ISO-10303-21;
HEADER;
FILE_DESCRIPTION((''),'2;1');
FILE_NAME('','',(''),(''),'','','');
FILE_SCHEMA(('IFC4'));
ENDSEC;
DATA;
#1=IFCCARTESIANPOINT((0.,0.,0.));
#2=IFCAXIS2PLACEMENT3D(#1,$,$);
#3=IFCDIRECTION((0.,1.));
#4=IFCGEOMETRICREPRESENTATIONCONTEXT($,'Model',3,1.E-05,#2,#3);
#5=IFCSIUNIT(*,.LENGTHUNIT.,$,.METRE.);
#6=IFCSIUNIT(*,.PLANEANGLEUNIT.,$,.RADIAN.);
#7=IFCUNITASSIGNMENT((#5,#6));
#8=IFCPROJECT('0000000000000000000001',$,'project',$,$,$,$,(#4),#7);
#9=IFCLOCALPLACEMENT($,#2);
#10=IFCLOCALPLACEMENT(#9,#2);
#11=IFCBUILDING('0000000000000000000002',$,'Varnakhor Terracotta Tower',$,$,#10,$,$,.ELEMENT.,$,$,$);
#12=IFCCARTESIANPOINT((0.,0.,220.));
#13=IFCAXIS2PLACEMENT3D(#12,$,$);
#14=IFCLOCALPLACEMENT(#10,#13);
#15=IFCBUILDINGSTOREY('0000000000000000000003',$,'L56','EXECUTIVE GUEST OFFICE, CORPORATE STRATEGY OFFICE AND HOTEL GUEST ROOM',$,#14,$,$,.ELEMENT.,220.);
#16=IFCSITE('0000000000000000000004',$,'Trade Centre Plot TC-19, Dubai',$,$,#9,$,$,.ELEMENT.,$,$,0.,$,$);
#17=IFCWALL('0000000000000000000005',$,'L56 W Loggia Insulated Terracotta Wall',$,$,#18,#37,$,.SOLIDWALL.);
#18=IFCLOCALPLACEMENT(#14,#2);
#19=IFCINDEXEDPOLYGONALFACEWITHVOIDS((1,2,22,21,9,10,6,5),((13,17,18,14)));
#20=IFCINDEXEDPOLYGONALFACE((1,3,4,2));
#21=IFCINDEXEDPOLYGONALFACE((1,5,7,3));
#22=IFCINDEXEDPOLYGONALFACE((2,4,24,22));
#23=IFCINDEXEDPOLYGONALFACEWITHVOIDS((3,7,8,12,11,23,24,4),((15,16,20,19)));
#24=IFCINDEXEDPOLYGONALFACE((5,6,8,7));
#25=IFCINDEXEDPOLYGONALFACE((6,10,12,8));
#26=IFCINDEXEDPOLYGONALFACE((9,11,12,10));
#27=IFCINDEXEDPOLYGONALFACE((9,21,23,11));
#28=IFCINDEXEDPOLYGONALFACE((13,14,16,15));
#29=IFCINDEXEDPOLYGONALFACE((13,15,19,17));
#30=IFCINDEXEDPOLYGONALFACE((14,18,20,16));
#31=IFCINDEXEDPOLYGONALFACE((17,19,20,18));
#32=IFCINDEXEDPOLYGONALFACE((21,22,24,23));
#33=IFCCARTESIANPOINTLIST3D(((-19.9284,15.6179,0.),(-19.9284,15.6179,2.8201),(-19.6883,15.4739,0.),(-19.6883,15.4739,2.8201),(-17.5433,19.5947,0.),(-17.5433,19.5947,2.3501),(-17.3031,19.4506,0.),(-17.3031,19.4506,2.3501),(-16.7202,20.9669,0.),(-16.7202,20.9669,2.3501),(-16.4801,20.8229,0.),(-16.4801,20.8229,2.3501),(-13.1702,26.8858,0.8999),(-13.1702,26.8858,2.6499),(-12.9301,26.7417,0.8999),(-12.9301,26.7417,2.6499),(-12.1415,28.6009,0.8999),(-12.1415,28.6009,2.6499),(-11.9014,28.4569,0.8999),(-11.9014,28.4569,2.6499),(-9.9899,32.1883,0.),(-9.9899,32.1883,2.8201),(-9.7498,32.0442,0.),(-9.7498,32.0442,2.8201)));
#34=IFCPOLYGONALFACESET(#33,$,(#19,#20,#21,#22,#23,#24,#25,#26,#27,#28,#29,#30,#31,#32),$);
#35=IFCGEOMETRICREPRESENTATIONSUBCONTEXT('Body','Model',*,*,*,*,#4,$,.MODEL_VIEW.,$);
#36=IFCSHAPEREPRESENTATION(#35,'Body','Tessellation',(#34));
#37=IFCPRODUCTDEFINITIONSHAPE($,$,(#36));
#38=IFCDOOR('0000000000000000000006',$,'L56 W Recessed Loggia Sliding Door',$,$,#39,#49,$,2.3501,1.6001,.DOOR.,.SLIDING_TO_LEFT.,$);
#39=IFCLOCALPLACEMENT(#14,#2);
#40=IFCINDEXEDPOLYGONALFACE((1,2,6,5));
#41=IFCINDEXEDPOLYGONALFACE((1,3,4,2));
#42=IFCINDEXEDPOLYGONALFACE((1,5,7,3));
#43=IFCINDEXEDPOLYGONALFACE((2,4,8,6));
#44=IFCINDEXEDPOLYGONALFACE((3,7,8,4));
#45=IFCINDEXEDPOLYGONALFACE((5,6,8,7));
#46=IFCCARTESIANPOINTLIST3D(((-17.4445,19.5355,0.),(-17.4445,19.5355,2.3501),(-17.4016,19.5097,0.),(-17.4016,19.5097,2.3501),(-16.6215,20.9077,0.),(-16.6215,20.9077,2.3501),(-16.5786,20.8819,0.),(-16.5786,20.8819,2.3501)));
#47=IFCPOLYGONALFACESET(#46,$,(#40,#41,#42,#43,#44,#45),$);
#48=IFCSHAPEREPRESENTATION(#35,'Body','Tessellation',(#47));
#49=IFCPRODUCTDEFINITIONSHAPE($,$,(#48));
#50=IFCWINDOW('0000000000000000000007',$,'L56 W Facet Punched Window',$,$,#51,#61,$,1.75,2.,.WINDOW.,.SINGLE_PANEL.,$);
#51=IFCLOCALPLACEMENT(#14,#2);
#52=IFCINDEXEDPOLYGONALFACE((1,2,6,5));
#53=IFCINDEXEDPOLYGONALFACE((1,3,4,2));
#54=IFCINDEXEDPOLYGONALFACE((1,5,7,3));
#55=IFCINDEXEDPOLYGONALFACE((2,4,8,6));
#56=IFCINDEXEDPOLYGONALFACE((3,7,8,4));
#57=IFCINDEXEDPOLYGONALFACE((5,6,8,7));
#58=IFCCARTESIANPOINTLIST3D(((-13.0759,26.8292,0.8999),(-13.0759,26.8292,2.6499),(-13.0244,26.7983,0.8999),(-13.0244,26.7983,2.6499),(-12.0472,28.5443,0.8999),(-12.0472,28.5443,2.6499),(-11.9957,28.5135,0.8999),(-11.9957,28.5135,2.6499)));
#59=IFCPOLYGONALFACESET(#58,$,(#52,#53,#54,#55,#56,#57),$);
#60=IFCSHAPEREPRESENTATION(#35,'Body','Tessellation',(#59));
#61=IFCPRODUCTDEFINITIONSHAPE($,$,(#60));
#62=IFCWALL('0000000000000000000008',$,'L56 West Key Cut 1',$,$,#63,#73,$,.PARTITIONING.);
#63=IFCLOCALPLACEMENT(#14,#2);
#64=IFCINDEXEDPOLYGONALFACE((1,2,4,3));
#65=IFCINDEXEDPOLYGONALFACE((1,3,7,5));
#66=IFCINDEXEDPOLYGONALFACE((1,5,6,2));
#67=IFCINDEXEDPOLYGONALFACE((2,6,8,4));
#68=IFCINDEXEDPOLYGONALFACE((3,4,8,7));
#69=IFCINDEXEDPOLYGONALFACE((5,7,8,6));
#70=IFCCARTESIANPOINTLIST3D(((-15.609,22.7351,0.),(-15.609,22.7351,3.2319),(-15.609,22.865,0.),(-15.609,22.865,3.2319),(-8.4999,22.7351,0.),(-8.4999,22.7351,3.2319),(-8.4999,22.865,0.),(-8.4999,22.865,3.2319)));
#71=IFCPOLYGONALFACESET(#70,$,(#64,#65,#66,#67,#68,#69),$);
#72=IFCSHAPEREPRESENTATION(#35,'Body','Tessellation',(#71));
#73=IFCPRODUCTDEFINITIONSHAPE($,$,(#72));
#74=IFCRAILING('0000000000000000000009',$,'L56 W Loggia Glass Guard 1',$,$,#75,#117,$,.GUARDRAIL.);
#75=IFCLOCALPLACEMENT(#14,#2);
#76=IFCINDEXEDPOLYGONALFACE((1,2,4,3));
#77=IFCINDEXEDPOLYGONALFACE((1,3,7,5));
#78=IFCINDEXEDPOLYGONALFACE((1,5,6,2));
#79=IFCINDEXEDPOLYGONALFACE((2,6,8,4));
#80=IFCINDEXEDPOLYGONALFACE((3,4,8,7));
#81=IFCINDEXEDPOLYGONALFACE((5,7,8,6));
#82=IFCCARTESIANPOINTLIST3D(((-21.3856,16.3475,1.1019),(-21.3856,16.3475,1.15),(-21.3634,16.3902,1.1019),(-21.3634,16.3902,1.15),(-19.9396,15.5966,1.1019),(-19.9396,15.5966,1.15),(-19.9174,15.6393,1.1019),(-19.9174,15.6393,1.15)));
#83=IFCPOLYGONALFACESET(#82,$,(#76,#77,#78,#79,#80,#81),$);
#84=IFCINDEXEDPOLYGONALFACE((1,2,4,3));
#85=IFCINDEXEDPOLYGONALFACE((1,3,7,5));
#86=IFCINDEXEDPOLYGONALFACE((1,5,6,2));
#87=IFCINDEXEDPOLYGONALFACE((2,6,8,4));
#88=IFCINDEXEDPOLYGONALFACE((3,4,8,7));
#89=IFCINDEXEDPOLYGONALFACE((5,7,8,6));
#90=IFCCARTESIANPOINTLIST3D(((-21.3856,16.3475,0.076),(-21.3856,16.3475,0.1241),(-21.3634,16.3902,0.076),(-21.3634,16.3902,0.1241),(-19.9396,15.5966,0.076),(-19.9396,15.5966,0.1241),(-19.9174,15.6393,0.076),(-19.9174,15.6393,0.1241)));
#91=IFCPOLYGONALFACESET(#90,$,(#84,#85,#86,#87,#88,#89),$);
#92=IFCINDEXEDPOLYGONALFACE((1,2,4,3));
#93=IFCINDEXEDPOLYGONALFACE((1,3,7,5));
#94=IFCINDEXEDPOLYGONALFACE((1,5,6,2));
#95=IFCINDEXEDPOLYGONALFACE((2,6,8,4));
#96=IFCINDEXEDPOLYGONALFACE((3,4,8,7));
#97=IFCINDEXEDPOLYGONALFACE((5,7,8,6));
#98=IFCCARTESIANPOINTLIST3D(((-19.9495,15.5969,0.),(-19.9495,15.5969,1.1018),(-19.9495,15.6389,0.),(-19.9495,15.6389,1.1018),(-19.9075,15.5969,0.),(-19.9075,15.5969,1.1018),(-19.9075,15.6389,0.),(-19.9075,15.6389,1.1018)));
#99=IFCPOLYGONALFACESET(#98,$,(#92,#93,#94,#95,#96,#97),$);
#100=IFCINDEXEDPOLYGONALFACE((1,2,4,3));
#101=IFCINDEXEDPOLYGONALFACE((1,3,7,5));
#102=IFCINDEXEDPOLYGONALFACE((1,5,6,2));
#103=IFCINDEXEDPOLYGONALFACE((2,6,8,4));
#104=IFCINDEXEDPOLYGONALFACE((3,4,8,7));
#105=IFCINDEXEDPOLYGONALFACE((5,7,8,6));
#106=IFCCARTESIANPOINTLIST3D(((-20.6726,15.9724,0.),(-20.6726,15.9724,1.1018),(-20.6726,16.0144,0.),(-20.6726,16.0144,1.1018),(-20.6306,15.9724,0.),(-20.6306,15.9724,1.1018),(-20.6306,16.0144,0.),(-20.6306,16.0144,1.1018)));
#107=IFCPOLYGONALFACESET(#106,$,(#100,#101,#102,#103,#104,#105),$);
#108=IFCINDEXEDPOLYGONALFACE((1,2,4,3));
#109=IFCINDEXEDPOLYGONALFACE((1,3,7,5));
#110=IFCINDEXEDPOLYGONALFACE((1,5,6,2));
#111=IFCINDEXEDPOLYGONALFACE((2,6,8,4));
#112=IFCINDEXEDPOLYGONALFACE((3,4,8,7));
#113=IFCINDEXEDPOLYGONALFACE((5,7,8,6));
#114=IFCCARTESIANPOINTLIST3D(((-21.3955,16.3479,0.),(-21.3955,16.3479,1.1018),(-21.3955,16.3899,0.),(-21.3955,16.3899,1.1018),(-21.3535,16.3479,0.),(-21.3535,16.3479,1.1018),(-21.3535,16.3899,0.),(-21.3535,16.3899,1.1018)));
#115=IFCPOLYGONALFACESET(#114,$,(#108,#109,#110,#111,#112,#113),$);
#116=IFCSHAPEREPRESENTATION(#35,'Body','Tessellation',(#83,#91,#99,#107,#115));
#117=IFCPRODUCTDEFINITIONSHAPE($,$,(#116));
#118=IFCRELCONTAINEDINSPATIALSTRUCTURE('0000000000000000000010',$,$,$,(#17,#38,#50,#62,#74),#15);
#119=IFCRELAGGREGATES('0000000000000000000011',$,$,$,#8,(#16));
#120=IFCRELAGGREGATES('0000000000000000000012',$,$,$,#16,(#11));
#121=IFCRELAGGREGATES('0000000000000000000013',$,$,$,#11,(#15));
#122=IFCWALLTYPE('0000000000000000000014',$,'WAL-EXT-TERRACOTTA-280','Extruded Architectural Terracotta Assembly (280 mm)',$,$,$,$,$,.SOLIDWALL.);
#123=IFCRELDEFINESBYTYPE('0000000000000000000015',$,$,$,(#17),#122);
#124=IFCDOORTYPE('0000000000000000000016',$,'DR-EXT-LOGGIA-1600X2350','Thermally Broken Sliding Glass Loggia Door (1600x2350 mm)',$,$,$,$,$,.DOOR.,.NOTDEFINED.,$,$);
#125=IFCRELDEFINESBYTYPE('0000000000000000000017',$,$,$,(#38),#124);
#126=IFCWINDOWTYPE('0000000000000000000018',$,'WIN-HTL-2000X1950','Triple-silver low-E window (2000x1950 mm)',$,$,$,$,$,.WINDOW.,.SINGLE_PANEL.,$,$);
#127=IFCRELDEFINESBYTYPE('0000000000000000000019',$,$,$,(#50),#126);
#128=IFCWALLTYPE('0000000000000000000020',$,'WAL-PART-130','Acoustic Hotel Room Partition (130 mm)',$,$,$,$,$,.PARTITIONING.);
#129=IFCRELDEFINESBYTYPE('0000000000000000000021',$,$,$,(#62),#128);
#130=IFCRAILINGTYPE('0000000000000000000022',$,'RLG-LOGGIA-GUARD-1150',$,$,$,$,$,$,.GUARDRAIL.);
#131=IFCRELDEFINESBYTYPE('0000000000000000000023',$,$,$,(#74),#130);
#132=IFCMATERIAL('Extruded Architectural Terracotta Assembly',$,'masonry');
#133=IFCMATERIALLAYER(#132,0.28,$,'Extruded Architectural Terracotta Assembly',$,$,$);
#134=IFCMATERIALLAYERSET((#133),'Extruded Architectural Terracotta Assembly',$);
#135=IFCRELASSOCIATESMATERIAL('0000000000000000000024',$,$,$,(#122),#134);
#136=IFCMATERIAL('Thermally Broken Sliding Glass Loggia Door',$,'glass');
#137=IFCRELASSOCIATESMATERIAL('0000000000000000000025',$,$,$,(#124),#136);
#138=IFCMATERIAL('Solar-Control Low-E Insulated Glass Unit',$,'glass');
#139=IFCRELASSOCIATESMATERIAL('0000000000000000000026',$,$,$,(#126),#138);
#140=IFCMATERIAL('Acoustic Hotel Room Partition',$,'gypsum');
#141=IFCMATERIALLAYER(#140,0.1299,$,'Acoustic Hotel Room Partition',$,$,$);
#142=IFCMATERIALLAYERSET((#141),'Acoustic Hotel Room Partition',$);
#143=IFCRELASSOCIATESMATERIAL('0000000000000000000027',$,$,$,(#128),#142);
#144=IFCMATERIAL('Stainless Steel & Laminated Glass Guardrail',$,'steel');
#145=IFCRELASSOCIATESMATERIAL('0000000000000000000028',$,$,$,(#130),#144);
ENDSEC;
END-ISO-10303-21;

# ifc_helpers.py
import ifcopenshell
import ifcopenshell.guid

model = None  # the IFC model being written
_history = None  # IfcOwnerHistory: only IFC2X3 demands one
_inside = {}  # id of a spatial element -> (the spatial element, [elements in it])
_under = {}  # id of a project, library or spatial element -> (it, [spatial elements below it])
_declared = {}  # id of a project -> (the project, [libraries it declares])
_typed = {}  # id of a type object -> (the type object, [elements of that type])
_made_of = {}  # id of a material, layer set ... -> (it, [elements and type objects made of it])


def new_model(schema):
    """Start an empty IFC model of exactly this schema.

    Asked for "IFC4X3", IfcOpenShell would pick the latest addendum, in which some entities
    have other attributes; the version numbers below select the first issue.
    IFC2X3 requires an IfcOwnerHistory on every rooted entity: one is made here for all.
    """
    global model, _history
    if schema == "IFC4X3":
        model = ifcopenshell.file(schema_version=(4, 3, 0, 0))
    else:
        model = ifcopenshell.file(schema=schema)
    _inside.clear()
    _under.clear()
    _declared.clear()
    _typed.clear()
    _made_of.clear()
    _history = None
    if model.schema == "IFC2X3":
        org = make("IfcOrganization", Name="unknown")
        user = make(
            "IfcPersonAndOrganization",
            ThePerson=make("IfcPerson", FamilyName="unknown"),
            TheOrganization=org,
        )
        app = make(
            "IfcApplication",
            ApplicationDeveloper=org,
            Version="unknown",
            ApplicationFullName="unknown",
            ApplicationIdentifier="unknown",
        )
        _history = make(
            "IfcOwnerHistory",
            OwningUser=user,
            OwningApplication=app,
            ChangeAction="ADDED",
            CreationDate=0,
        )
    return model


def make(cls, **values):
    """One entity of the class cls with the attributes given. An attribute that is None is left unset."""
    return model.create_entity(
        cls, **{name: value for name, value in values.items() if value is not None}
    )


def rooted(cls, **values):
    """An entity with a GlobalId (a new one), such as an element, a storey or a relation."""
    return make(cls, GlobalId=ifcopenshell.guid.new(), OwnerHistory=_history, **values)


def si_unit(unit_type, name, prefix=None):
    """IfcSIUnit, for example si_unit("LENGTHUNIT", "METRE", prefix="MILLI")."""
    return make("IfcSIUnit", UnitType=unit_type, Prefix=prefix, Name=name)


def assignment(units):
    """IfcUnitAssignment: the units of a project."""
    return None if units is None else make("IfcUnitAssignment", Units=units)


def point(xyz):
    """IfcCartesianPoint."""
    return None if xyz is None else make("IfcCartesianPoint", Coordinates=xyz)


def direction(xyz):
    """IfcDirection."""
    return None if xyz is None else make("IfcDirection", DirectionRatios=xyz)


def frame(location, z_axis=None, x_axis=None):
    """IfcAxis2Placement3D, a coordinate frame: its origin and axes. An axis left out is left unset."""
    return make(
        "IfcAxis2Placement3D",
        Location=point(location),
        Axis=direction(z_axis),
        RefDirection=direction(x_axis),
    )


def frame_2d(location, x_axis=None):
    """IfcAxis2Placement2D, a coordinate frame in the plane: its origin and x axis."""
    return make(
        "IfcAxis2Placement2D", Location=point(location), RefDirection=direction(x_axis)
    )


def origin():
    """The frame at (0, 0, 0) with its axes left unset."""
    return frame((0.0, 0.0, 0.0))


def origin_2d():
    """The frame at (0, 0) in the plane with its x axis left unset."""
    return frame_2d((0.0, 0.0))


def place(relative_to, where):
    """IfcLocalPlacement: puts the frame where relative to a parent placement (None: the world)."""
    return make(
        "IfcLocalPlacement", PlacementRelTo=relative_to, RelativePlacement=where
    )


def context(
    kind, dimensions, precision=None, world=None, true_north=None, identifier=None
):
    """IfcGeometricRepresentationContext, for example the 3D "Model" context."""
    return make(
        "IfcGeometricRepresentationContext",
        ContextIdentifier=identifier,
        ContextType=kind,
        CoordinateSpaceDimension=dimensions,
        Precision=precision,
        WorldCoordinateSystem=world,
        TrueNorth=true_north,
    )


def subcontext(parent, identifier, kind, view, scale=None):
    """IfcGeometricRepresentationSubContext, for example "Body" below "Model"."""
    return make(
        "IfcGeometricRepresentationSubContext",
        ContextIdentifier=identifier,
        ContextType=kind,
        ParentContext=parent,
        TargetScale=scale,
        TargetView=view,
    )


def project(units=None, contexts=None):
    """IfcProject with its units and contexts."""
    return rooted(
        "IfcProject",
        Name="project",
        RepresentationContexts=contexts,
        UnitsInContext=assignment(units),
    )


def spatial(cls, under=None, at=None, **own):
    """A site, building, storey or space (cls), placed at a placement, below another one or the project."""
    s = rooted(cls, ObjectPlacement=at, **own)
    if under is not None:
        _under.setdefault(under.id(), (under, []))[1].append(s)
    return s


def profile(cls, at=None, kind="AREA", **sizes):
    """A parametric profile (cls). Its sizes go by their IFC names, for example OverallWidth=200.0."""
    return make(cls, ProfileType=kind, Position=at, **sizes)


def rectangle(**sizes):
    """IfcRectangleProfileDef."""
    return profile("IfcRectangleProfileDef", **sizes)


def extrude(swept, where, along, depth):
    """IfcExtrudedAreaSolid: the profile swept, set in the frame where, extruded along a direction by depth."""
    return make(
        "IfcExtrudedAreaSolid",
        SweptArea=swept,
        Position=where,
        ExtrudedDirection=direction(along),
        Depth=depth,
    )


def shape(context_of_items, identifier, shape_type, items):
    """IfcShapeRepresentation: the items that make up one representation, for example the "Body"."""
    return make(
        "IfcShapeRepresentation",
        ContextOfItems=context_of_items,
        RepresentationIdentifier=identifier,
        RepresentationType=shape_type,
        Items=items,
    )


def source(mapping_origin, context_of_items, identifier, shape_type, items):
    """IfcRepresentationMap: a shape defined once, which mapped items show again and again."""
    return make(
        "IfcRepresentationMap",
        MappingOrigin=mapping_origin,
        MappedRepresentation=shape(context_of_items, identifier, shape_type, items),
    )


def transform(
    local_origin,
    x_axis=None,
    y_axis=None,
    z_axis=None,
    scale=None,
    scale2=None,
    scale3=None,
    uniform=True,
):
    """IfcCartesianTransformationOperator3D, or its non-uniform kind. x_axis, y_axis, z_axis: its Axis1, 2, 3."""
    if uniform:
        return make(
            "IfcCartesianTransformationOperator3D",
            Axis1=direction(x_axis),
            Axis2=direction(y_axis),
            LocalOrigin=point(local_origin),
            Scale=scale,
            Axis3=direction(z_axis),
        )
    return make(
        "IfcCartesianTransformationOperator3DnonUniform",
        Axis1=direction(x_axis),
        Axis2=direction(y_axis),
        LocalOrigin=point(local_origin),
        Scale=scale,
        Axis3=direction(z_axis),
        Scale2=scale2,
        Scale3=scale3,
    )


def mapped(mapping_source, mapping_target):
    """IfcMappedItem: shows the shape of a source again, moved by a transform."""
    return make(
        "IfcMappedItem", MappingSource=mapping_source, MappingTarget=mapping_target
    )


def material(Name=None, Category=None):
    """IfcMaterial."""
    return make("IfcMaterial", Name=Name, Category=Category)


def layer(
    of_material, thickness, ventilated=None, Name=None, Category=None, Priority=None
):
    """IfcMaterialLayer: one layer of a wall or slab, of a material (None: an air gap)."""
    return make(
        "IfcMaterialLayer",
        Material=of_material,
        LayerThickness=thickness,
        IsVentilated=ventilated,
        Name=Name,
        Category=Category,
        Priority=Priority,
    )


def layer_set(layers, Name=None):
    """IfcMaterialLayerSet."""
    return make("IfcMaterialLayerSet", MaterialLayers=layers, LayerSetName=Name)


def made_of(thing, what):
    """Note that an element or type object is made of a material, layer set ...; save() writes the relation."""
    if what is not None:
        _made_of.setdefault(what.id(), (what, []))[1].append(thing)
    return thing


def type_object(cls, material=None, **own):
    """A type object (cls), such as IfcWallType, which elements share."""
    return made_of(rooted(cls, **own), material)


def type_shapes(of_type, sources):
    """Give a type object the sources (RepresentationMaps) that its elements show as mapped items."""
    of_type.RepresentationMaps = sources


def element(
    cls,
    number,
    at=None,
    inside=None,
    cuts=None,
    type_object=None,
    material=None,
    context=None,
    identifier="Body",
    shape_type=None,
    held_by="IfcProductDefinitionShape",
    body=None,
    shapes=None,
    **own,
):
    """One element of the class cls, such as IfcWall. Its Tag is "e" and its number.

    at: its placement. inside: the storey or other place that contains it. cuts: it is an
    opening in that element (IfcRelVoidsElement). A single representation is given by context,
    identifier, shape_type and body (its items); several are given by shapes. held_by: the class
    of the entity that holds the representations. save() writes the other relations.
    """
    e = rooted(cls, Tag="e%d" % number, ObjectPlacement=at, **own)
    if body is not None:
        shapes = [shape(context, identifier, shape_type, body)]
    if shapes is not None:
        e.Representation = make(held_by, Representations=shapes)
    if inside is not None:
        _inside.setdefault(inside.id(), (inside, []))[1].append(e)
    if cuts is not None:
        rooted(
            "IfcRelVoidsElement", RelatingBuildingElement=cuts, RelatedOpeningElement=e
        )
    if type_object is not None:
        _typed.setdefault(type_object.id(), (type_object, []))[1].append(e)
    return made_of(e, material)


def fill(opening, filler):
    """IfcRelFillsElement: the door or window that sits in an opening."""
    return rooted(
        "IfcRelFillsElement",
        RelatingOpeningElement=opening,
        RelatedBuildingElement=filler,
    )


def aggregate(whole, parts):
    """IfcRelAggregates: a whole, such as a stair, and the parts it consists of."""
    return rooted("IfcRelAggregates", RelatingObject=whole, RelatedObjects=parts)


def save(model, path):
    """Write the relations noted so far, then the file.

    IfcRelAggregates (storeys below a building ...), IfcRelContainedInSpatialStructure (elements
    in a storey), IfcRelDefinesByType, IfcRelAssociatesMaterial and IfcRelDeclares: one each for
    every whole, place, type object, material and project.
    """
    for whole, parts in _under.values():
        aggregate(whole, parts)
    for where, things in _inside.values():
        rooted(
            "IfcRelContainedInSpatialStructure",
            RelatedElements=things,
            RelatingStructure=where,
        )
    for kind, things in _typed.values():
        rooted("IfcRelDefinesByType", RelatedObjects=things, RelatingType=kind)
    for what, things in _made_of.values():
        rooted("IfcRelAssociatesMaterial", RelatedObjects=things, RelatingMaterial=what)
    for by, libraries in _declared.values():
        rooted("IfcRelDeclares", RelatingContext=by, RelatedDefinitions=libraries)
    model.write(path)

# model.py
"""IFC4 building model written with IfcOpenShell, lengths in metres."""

from ifc_helpers import new_model, si_unit, direction, frame, frame_2d, origin, origin_2d, place, context, subcontext, project, spatial, rectangle, extrude, source, transform, mapped, material, layer, layer_set, type_object, type_shapes, element, fill, save


model = new_model("IFC4")

# Units and contexts
model_context = context("Model", 3, precision=1e-05, world=origin(), true_north=direction((0.0, 1.0)))
body_context = subcontext(model_context, "Body", "Model", "MODEL_VIEW")
ifc_project = project(units=[si_unit("LENGTHUNIT", "METRE"), si_unit("PLANEANGLEUNIT", "RADIAN")], contexts=[model_context])

# Site, building, storey
site_placement = place(None, origin())
site = spatial("IfcSite", under=ifc_project, at=site_placement, Name="Trade Centre Plot TC-19, Dubai", CompositionType="ELEMENT", RefElevation=0.0)
building_placement = place(site_placement, origin())
building = spatial("IfcBuilding", under=site, at=building_placement, Name="Varnakhor Terracotta Tower", CompositionType="ELEMENT")
storey_placement = place(building_placement, frame((0.0, 0.0, 220.0)))
storey = spatial("IfcBuildingStorey", under=building, at=storey_placement, Name="L56", Description="EXECUTIVE GUEST OFFICE, CORPORATE STRATEGY OFFICE AND HOTEL GUEST ROOM", CompositionType="ELEMENT", Elevation=220.0)

# Wall, openings, door, window
ifc_material_1 = material(Name="Extruded Architectural Terracotta Assembly", Category="masonry")
ifc_layer_1 = layer(ifc_material_1, 0.28, Name="Extruded Architectural Terracotta Assembly")
ifc_layer_set_1 = layer_set([ifc_layer_1], Name="Extruded Architectural Terracotta Assembly")
wall_type_1 = type_object("IfcWallType", Name="WAL-EXT-TERRACOTTA-280", Description="Extruded Architectural Terracotta Assembly (280 mm)", PredefinedType="SOLIDWALL", material=ifc_layer_set_1)
wall_1_placement = place(storey_placement, frame((-19.8083, 15.5459, 0.0), z_axis=(0.0, 0.0, 1.0), x_axis=(0.514355, 0.857578, 0.0)))
wall_1 = element("IfcWall", 1, at=wall_1_placement, inside=storey, type_object=wall_type_1, Name="L56 W Loggia Insulated Terracotta Wall", PredefinedType="SOLIDWALL", context=body_context, shape_type="SweptSolid", body=[
    extrude(rectangle(XDim=19.3223, YDim=0.28, at=frame_2d((9.6611, 0.0))), origin(), (0.0, 0.0, 1.0), 2.8201),
])
opening_1_placement = place(wall_1_placement, frame((4.6372, 0.0, 0.0)))
opening_1 = element("IfcOpeningElement", 2, at=opening_1_placement, cuts=wall_1, PredefinedType="OPENING", context=body_context, shape_type="SweptSolid", body=[
    extrude(rectangle(XDim=1.6001, YDim=2.3501, at=frame_2d((0.8, 1.175))), frame((0.0, 0.1499, 0.0), z_axis=(0.0, -1.0, 0.0), x_axis=(1.0, 0.0, 0.0)), (0.0, 0.0, 1.0), 0.3),
])
opening_2_placement = place(wall_1_placement, frame((13.1392, 0.0, 0.8999)))
opening_2 = element("IfcOpeningElement", 3, at=opening_2_placement, cuts=wall_1, PredefinedType="OPENING", context=body_context, shape_type="SweptSolid", body=[
    extrude(rectangle(XDim=2.0, YDim=1.75, at=frame_2d((1.0, 0.875))), frame((0.0, 0.1499, 0.0), z_axis=(0.0, -1.0, 0.0), x_axis=(1.0, 0.0, 0.0)), (0.0, 0.0, 1.0), 0.3),
])
ifc_material_2 = material(Name="Thermally Broken Sliding Glass Loggia Door", Category="glass")
door_type_1 = type_object("IfcDoorType", Name="DR-EXT-LOGGIA-1600X2350", Description="Thermally Broken Sliding Glass Loggia Door (1600x2350 mm)", OperationType="NOTDEFINED", PredefinedType="DOOR", material=ifc_material_2)
shared_shape_1 = source(origin(), body_context, "Body", "SweptSolid", [
    extrude(rectangle(XDim=1.6001, YDim=2.3501, at=frame_2d((0.8, 1.175))), frame((0.0, 0.0249, 0.0), z_axis=(0.0, -1.0, 0.0), x_axis=(1.0, 0.0, 0.0)), (0.0, 0.0, 1.0), 0.05),
])
type_shapes(door_type_1, [shared_shape_1])
door_1_placement = place(opening_1_placement, origin())
door_1 = element("IfcDoor", 4, at=door_1_placement, inside=storey, type_object=door_type_1, Name="L56 W Recessed Loggia Sliding Door", OperationType="SLIDING_TO_LEFT", OverallHeight=2.3501, OverallWidth=1.6001, PredefinedType="DOOR", context=body_context, shape_type="MappedRepresentation", body=[
    mapped(shared_shape_1, transform((0.0, 0.0, 0.0), scale=1.0)),
])
fill(opening_1, door_1)
ifc_material_3 = material(Name="Solar-Control Low-E Insulated Glass Unit", Category="glass")
window_type = type_object("IfcWindowType", Name="WIN-HTL-2000X1950", Description="Triple-silver low-E window (2000x1950 mm)", PartitioningType="SINGLE_PANEL", PredefinedType="WINDOW", material=ifc_material_3)
shared_shape_2 = source(origin(), body_context, "Body", "SweptSolid", [
    extrude(rectangle(XDim=2.0, YDim=1.75, at=frame_2d((1.0, 0.875))), frame((0.0, 0.03, 0.0), z_axis=(0.0, -1.0, 0.0), x_axis=(1.0, 0.0, 0.0)), (0.0, 0.0, 1.0), 0.0601),
])
type_shapes(window_type, [shared_shape_2])
window_placement = place(opening_2_placement, origin())
window = element("IfcWindow", 5, at=window_placement, inside=storey, type_object=window_type, Name="L56 W Facet Punched Window", OverallHeight=1.75, OverallWidth=2.0, PartitioningType="SINGLE_PANEL", PredefinedType="WINDOW", context=body_context, shape_type="MappedRepresentation", body=[
    mapped(shared_shape_2, transform((0.0, 0.0, 0.0), scale=1.0)),
])
fill(opening_2, window)

# Wall
ifc_material_4 = material(Name="Acoustic Hotel Room Partition", Category="gypsum")
ifc_layer_2 = layer(ifc_material_4, 0.1299, Name="Acoustic Hotel Room Partition")
ifc_layer_set_2 = layer_set([ifc_layer_2], Name="Acoustic Hotel Room Partition")
wall_type_2 = type_object("IfcWallType", Name="WAL-PART-130", Description="Acoustic Hotel Room Partition (130 mm)", PredefinedType="PARTITIONING", material=ifc_layer_set_2)
wall_2_placement = place(storey_placement, frame((-15.6091, 22.8, 0.0), z_axis=(0.0, 0.0, 1.0), x_axis=(1.0, 0.0, 0.0)))
element("IfcWall", 6, at=wall_2_placement, inside=storey, type_object=wall_type_2, Name="L56 West Key Cut 1", PredefinedType="PARTITIONING", context=body_context, shape_type="SweptSolid", body=[
    extrude(rectangle(XDim=7.1091, YDim=0.1299, at=frame_2d((3.5547, 0.0))), origin(), (0.0, 0.0, 1.0), 3.2319),
])

# Railing
ifc_material_5 = material(Name="Stainless Steel & Laminated Glass Guardrail", Category="steel")
railing_type = type_object("IfcRailingType", Name="RLG-LOGGIA-GUARD-1150", PredefinedType="GUARDRAIL", material=ifc_material_5)
railing_1_placement = place(storey_placement, frame((-19.9285, 15.6179, 0.0)))
element("IfcRailing", 7, at=railing_1_placement, inside=storey, type_object=railing_type, Name="L56 W Loggia Glass Guard 1", PredefinedType="GUARDRAIL", context=body_context, shape_type="SweptSolid", body=[
    extrude(rectangle(XDim=0.0481, YDim=0.0481, at=origin_2d()), frame((0.0, 0.0, 1.126), z_axis=(-0.88746, 0.460886, 0.0), x_axis=(-0.460886, -0.88746, 0.0)), (0.0, 0.0, 1.0), 1.6294),
    extrude(rectangle(XDim=0.0481, YDim=0.0481, at=origin_2d()), frame((0.0, 0.0, 0.1001), z_axis=(-0.88746, 0.460886, 0.0), x_axis=(-0.460886, -0.88746, 0.0)), (0.0, 0.0, 1.0), 1.6294),
    extrude(rectangle(XDim=0.042, YDim=0.042, at=origin_2d()), origin(), (0.0, 0.0, 1.0), 1.1018),
    extrude(rectangle(XDim=0.042, YDim=0.042, at=origin_2d()), frame((-0.7231, 0.3755, 0.0)), (0.0, 0.0, 1.0), 1.1018),
    extrude(rectangle(XDim=0.042, YDim=0.042, at=origin_2d()), frame((-1.446, 0.751, 0.0)), (0.0, 0.0, 1.0), 1.1018),
])

save(model, "model.ifc")
